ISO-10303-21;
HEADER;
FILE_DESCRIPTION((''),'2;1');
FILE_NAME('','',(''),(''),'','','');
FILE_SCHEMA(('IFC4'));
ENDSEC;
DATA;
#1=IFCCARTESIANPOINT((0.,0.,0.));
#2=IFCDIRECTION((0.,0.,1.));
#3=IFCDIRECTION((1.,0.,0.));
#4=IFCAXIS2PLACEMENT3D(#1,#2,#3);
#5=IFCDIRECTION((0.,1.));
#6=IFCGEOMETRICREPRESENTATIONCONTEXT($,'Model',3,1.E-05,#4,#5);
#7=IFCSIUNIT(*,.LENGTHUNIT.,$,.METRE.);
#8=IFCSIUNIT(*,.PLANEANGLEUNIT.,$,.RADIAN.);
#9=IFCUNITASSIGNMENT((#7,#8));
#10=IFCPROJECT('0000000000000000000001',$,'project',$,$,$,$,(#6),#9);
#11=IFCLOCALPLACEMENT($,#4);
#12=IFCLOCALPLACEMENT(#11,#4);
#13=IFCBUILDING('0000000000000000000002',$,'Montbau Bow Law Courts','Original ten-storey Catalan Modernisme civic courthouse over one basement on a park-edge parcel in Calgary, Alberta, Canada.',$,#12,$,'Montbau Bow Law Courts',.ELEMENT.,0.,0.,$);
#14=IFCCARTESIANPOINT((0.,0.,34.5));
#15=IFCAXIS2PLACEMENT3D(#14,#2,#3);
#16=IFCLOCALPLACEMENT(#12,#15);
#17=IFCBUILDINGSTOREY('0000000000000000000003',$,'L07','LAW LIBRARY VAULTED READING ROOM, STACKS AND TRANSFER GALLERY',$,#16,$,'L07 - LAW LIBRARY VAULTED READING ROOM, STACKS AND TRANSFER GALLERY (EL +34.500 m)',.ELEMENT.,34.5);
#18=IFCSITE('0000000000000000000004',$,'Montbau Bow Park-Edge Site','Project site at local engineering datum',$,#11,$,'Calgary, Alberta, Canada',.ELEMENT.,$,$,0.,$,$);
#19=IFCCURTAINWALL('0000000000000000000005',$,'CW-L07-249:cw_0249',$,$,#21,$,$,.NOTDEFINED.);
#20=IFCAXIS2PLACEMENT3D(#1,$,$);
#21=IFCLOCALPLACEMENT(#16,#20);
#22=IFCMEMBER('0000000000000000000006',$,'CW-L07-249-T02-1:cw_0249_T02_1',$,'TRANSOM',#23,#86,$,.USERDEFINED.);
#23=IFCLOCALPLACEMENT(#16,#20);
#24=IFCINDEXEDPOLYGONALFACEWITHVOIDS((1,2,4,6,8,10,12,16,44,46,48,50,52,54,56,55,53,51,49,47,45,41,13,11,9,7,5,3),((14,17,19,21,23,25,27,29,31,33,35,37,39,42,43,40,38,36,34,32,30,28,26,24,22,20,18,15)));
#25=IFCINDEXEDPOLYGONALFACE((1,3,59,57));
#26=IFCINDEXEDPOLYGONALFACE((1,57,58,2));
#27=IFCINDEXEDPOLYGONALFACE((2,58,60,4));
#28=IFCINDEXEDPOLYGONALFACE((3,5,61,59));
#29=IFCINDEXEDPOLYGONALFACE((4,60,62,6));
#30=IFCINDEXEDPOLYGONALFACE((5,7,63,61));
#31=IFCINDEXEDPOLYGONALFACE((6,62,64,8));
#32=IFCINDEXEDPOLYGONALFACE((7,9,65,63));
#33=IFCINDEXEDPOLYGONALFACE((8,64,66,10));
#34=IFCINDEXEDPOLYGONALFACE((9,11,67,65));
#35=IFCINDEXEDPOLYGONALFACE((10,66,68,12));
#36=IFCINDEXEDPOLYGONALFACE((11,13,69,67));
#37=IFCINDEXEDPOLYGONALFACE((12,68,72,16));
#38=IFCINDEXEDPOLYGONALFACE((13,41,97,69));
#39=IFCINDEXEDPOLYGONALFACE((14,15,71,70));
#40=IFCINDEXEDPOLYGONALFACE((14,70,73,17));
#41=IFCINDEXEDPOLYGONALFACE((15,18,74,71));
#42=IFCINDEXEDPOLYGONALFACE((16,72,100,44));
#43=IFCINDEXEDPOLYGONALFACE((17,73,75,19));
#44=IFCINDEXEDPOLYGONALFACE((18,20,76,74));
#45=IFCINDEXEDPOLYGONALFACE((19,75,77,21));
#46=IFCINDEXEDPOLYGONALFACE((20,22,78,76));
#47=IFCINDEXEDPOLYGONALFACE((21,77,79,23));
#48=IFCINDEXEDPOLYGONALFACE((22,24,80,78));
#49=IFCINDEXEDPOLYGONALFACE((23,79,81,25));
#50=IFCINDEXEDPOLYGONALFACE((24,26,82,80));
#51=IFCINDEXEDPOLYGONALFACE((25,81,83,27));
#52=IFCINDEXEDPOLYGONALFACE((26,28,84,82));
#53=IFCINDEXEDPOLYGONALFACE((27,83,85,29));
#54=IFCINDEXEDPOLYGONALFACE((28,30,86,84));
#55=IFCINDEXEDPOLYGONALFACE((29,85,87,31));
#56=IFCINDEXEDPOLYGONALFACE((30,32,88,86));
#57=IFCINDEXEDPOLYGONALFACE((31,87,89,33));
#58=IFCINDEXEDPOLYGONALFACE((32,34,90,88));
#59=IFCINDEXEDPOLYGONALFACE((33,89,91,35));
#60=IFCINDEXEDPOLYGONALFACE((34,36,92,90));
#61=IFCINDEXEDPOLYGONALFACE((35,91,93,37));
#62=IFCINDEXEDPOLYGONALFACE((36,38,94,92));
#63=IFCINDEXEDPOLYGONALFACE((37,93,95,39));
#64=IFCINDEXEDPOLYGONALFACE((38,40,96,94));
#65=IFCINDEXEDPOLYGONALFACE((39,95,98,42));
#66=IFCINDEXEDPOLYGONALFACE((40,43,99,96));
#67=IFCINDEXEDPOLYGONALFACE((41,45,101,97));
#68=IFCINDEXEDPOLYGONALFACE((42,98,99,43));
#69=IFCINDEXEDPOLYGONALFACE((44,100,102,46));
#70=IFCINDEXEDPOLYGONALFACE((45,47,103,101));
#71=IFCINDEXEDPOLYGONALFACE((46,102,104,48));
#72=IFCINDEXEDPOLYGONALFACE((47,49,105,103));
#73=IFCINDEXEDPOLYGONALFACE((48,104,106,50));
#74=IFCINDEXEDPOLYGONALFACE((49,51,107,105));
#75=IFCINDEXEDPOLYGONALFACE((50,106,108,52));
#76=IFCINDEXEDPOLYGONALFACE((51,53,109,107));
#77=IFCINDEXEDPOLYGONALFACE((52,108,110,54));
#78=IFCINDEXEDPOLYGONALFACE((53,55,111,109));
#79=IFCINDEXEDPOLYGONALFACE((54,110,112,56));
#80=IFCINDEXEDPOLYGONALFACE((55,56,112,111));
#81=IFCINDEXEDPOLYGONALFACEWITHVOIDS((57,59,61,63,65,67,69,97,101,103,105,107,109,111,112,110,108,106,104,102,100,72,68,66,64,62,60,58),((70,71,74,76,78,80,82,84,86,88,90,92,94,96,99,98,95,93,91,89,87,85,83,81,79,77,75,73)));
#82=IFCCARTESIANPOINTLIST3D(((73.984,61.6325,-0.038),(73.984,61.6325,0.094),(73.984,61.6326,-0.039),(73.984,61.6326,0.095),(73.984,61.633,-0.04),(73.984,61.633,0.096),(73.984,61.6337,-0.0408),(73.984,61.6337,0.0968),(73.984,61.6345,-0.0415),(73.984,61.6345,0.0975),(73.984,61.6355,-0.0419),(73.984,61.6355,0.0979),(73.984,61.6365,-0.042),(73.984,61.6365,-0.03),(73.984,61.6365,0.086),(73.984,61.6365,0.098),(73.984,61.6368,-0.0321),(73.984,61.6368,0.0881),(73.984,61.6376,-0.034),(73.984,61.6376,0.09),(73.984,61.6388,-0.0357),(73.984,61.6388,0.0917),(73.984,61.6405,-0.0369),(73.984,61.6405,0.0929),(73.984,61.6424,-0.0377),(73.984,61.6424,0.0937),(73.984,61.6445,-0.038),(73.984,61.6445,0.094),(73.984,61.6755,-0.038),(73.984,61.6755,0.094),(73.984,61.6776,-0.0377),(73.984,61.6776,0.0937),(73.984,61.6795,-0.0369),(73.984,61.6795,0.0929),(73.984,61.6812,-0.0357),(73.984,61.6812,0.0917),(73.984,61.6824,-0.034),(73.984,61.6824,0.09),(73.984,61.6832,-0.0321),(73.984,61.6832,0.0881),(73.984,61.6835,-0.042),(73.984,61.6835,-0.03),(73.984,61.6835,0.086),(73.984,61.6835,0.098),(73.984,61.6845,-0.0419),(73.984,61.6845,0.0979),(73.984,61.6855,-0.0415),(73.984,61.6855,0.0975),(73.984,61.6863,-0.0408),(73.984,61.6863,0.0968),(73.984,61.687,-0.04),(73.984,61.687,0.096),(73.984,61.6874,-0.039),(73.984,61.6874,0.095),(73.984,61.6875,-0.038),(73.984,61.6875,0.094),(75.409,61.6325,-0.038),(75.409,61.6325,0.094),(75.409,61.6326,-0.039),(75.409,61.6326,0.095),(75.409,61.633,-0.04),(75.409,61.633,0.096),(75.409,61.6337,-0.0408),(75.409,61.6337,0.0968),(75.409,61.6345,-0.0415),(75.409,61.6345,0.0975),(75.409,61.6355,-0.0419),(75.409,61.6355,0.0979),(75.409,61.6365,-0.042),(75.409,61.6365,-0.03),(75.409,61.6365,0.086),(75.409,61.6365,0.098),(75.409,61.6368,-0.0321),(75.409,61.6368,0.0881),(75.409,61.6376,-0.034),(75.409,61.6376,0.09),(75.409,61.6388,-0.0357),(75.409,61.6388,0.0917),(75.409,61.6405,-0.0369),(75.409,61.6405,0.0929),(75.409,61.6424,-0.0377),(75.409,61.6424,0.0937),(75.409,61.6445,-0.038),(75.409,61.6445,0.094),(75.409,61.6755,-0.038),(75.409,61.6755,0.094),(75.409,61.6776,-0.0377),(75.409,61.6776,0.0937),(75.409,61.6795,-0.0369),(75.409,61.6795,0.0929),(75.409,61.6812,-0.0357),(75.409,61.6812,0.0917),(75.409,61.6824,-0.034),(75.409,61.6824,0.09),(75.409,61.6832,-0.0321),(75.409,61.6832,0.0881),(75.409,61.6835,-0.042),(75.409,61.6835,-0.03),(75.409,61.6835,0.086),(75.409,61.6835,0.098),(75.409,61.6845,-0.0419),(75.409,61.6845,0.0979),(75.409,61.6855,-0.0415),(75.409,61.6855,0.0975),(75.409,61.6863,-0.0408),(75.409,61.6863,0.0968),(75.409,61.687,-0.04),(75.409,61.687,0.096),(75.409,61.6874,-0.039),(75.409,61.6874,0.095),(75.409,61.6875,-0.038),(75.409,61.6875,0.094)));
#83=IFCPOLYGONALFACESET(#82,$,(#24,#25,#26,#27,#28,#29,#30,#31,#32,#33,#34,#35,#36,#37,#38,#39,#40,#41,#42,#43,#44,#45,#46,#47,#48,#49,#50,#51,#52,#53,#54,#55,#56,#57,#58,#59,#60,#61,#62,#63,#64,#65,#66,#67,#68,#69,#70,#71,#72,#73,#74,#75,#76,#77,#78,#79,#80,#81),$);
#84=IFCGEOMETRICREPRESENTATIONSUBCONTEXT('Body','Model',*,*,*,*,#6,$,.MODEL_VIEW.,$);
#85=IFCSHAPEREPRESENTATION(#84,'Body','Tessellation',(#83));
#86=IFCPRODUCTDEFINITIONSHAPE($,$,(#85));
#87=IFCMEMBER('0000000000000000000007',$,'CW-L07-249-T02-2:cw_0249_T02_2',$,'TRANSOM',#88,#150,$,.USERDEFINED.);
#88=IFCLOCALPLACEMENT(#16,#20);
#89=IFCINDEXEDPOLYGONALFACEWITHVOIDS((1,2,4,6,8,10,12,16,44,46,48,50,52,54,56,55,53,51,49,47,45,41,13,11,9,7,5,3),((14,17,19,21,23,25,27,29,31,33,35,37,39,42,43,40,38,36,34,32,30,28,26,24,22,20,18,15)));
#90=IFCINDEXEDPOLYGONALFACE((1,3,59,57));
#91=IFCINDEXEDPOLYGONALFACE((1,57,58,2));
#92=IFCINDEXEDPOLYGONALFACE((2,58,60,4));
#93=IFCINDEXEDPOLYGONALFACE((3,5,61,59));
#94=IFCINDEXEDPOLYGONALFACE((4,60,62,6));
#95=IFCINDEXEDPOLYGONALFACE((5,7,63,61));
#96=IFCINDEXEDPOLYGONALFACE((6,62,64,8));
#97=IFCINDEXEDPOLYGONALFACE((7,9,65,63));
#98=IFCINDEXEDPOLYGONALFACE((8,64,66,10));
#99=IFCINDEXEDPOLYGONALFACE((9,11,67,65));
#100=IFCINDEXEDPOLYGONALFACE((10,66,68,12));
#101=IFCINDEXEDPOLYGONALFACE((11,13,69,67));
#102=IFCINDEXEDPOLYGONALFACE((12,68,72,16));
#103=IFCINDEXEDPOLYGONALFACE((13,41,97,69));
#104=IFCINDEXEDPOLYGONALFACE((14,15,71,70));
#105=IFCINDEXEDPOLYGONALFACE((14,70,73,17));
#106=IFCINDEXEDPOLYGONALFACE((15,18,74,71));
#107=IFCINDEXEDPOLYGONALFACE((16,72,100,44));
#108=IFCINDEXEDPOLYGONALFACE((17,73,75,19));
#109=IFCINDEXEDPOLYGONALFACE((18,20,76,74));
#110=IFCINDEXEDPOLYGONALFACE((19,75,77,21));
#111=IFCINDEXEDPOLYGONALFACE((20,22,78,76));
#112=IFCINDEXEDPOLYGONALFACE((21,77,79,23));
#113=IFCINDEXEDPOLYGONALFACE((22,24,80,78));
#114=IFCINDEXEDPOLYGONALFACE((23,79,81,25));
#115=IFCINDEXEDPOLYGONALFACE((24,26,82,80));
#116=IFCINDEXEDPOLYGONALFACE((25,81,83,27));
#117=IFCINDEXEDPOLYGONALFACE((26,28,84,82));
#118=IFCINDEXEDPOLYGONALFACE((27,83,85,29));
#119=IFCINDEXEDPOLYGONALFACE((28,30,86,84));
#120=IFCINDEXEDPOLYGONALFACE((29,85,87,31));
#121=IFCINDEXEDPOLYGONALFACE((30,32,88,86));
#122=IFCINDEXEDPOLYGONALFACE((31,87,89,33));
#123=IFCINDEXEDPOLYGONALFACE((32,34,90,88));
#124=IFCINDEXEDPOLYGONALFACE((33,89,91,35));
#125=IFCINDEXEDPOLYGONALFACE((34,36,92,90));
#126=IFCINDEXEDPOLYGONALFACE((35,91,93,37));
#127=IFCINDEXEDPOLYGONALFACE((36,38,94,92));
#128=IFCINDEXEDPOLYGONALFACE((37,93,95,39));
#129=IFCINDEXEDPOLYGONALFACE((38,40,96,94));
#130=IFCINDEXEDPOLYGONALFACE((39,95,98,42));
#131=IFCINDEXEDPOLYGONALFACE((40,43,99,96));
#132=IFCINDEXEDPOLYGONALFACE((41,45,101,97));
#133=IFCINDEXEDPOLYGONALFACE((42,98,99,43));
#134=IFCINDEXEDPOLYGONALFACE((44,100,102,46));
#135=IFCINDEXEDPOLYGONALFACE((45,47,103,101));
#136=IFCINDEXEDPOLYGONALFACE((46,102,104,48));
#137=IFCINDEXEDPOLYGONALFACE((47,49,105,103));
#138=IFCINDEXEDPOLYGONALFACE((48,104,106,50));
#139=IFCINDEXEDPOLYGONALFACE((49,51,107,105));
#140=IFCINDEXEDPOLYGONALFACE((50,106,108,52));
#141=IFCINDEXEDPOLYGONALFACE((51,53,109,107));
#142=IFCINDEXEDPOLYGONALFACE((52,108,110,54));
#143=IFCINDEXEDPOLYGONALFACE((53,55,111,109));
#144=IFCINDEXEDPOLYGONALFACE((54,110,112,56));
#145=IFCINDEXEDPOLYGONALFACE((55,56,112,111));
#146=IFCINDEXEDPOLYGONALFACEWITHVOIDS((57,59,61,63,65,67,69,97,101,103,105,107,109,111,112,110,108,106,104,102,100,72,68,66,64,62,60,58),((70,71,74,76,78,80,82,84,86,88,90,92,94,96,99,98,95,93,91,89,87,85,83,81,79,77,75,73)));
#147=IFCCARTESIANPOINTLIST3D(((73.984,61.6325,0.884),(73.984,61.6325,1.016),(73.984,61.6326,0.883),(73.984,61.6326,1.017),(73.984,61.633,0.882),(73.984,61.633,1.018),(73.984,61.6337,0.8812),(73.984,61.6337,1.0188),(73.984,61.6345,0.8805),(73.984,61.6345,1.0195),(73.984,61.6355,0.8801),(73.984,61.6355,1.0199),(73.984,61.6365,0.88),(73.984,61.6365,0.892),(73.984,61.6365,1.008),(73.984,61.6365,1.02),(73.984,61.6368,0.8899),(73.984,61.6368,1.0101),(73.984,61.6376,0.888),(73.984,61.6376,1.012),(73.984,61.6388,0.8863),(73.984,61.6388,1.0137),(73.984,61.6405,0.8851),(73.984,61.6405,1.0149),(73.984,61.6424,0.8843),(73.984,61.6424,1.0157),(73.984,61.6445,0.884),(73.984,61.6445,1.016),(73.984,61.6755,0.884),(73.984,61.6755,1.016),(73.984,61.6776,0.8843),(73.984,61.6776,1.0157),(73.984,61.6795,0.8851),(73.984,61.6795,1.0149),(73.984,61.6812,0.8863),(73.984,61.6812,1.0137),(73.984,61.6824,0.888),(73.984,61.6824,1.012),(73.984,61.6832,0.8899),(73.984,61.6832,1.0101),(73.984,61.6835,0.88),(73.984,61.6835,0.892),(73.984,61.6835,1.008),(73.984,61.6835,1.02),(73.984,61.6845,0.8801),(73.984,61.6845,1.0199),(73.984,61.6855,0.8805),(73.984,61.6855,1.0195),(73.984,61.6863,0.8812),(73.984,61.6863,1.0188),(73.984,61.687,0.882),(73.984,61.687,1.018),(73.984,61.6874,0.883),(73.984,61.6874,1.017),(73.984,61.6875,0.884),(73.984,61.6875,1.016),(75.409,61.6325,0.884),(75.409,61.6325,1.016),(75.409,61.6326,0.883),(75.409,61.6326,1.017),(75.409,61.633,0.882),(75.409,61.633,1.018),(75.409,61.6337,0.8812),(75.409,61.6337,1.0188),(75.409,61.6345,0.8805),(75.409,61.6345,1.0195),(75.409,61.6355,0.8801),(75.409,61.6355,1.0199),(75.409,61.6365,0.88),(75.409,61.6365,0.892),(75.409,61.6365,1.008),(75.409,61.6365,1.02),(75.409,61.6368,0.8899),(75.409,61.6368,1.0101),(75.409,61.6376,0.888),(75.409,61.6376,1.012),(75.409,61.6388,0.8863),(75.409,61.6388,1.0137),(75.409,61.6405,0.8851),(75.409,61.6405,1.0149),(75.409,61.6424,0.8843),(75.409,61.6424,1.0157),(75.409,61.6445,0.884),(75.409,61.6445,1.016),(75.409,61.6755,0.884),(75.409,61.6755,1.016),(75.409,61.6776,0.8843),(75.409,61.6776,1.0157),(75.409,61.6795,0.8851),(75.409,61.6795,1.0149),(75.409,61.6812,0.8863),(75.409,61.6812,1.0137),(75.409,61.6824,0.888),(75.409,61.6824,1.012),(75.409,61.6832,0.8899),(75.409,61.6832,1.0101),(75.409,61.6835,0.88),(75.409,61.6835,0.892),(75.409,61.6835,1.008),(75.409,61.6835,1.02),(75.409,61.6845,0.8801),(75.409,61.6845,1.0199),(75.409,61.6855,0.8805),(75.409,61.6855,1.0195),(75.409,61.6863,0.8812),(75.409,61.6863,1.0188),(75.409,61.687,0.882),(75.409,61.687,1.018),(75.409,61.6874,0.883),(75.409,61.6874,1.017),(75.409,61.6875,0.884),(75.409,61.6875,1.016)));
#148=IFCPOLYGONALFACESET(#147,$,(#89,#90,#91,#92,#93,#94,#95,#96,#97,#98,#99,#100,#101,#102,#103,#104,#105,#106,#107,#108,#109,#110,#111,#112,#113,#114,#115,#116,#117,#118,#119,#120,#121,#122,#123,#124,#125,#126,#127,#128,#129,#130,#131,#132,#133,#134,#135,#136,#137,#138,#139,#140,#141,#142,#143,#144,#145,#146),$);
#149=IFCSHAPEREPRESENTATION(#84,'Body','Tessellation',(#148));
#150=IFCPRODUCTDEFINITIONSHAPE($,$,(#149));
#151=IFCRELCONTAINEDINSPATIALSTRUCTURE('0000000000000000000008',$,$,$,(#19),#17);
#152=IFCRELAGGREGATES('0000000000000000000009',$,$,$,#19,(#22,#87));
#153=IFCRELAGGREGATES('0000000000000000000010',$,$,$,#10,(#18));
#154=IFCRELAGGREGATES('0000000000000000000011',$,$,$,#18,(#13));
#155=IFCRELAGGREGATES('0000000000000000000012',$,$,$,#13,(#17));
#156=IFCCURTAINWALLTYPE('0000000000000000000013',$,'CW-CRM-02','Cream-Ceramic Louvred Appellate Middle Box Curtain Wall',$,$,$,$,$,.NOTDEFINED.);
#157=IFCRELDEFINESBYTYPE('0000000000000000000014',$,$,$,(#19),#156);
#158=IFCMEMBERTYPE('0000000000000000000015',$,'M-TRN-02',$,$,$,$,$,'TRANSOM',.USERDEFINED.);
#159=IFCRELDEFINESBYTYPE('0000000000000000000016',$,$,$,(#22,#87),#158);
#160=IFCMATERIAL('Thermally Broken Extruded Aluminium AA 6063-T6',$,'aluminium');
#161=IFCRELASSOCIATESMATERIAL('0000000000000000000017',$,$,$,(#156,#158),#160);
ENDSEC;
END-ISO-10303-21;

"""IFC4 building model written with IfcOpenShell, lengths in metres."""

from ifc_helpers import new_model, si_unit, direction, frame, origin_with_axes, origin_2d_with_axis, place, context, subcontext, project, spatial, hollow_rectangle, extrude, material, material_profile, profile_set, type_object, element, aggregate, save


model = new_model("IFC4")

# Units and contexts
model_context = context("Model", 3, precision=1e-05, world=origin_with_axes(), true_north=direction((0.0, 1.0)))
body_context = subcontext(model_context, "Body", "Model", "MODEL_VIEW")
ifc_project = project(units=[si_unit("LENGTHUNIT", "METRE"), si_unit("PLANEANGLEUNIT", "RADIAN")], contexts=[model_context])

# Site, building, storey
site_placement = place(None, origin_with_axes())
site = spatial("IfcSite", under=ifc_project, at=site_placement, Name="Montbau Bow Park-Edge Site", Description="Project site at local engineering datum", LongName="Calgary, Alberta, Canada", CompositionType="ELEMENT", RefElevation=0.0)
building_placement = place(site_placement, origin_with_axes())
building = spatial("IfcBuilding", under=site, at=building_placement, Name="Montbau Bow Law Courts", Description="Original ten-storey Catalan Modernisme civic courthouse over one basement on a park-edge parcel in Calgary, Alberta, Canada.", LongName="Montbau Bow Law Courts", CompositionType="ELEMENT", ElevationOfRefHeight=0.0, ElevationOfTerrain=0.0)
storey_placement = place(building_placement, frame((0.0, 0.0, 34.5), z_axis=(0.0, 0.0, 1.0), x_axis=(1.0, 0.0, 0.0)))
storey = spatial("IfcBuildingStorey", under=building, at=storey_placement, Name="L07", Description="LAW LIBRARY VAULTED READING ROOM, STACKS AND TRANSFER GALLERY", LongName="L07 - LAW LIBRARY VAULTED READING ROOM, STACKS AND TRANSFER GALLERY (EL +34.500 m)", CompositionType="ELEMENT", Elevation=34.5)

# Curtain wall
ifc_material_1 = material(Name="Thermally Broken Extruded Aluminium AA 6063-T6", Category="aluminium")
curtain_wall_type = type_object("IfcCurtainWallType", Name="CW-CRM-02", Description="Cream-Ceramic Louvred Appellate Middle Box Curtain Wall", PredefinedType="NOTDEFINED", material=ifc_material_1)
curtain_wall_1_placement = place(None, frame((72.44, 61.66, 34.5), z_axis=(0.0, 0.0, 1.0), x_axis=(1.0, 0.0, 0.0)))
curtain_wall_1 = element("IfcCurtainWall", 1, at=curtain_wall_1_placement, inside=storey, type_object=curtain_wall_type, Name="CW-L07-249:cw_0249", PredefinedType="NOTDEFINED")

# Members
ifc_material_profile_1 = material_profile(ifc_material_1, hollow_rectangle(XDim=0.055, YDim=0.14, WallThickness=0.004, InnerFilletRadius=0.008, OuterFilletRadius=0.004, at=origin_2d_with_axis()), Name="CWT-140X55", Category="Main", Priority=0)
ifc_profile_set_1 = profile_set([ifc_material_profile_1], Name="Thermally Broken Extruded Aluminium AA 6063-T6")
member_type_1 = type_object("IfcMemberType", Name="M-TRN-02", ElementType="TRANSOM", PredefinedType="USERDEFINED", material=ifc_profile_set_1)
member_1_placement = place(None, frame((73.984, 61.66, 34.528), z_axis=(1.0, 0.0, 0.0), x_axis=(0.0, 1.0, 0.0)))
member_1 = element("IfcMember", 2, at=member_1_placement, type_object=member_type_1, Name="CW-L07-249-T02-1:cw_0249_T02_1", ObjectType="TRANSOM", PredefinedType="USERDEFINED", context=body_context, shape_type="SweptSolid", body=[
    extrude(hollow_rectangle(XDim=0.055, YDim=0.14, WallThickness=0.004, InnerFilletRadius=0.008, OuterFilletRadius=0.004, at=origin_2d_with_axis()), origin_with_axes(), (0.0, 0.0, 1.0), 1.425),
])
member_2_placement = place(None, frame((73.984, 61.66, 35.45), z_axis=(1.0, 0.0, 0.0), x_axis=(0.0, 1.0, 0.0)))
member_2 = element("IfcMember", 3, at=member_2_placement, type_object=member_type_1, Name="CW-L07-249-T02-2:cw_0249_T02_2", ObjectType="TRANSOM", PredefinedType="USERDEFINED", context=body_context, shape_type="SweptSolid", body=[
    extrude(hollow_rectangle(XDim=0.055, YDim=0.14, WallThickness=0.004, InnerFilletRadius=0.008, OuterFilletRadius=0.004, at=origin_2d_with_axis()), origin_with_axes(), (0.0, 0.0, 1.0), 1.425),
])

aggregate(curtain_wall_1, [member_1, member_2])

save(model, "model.ifc")
